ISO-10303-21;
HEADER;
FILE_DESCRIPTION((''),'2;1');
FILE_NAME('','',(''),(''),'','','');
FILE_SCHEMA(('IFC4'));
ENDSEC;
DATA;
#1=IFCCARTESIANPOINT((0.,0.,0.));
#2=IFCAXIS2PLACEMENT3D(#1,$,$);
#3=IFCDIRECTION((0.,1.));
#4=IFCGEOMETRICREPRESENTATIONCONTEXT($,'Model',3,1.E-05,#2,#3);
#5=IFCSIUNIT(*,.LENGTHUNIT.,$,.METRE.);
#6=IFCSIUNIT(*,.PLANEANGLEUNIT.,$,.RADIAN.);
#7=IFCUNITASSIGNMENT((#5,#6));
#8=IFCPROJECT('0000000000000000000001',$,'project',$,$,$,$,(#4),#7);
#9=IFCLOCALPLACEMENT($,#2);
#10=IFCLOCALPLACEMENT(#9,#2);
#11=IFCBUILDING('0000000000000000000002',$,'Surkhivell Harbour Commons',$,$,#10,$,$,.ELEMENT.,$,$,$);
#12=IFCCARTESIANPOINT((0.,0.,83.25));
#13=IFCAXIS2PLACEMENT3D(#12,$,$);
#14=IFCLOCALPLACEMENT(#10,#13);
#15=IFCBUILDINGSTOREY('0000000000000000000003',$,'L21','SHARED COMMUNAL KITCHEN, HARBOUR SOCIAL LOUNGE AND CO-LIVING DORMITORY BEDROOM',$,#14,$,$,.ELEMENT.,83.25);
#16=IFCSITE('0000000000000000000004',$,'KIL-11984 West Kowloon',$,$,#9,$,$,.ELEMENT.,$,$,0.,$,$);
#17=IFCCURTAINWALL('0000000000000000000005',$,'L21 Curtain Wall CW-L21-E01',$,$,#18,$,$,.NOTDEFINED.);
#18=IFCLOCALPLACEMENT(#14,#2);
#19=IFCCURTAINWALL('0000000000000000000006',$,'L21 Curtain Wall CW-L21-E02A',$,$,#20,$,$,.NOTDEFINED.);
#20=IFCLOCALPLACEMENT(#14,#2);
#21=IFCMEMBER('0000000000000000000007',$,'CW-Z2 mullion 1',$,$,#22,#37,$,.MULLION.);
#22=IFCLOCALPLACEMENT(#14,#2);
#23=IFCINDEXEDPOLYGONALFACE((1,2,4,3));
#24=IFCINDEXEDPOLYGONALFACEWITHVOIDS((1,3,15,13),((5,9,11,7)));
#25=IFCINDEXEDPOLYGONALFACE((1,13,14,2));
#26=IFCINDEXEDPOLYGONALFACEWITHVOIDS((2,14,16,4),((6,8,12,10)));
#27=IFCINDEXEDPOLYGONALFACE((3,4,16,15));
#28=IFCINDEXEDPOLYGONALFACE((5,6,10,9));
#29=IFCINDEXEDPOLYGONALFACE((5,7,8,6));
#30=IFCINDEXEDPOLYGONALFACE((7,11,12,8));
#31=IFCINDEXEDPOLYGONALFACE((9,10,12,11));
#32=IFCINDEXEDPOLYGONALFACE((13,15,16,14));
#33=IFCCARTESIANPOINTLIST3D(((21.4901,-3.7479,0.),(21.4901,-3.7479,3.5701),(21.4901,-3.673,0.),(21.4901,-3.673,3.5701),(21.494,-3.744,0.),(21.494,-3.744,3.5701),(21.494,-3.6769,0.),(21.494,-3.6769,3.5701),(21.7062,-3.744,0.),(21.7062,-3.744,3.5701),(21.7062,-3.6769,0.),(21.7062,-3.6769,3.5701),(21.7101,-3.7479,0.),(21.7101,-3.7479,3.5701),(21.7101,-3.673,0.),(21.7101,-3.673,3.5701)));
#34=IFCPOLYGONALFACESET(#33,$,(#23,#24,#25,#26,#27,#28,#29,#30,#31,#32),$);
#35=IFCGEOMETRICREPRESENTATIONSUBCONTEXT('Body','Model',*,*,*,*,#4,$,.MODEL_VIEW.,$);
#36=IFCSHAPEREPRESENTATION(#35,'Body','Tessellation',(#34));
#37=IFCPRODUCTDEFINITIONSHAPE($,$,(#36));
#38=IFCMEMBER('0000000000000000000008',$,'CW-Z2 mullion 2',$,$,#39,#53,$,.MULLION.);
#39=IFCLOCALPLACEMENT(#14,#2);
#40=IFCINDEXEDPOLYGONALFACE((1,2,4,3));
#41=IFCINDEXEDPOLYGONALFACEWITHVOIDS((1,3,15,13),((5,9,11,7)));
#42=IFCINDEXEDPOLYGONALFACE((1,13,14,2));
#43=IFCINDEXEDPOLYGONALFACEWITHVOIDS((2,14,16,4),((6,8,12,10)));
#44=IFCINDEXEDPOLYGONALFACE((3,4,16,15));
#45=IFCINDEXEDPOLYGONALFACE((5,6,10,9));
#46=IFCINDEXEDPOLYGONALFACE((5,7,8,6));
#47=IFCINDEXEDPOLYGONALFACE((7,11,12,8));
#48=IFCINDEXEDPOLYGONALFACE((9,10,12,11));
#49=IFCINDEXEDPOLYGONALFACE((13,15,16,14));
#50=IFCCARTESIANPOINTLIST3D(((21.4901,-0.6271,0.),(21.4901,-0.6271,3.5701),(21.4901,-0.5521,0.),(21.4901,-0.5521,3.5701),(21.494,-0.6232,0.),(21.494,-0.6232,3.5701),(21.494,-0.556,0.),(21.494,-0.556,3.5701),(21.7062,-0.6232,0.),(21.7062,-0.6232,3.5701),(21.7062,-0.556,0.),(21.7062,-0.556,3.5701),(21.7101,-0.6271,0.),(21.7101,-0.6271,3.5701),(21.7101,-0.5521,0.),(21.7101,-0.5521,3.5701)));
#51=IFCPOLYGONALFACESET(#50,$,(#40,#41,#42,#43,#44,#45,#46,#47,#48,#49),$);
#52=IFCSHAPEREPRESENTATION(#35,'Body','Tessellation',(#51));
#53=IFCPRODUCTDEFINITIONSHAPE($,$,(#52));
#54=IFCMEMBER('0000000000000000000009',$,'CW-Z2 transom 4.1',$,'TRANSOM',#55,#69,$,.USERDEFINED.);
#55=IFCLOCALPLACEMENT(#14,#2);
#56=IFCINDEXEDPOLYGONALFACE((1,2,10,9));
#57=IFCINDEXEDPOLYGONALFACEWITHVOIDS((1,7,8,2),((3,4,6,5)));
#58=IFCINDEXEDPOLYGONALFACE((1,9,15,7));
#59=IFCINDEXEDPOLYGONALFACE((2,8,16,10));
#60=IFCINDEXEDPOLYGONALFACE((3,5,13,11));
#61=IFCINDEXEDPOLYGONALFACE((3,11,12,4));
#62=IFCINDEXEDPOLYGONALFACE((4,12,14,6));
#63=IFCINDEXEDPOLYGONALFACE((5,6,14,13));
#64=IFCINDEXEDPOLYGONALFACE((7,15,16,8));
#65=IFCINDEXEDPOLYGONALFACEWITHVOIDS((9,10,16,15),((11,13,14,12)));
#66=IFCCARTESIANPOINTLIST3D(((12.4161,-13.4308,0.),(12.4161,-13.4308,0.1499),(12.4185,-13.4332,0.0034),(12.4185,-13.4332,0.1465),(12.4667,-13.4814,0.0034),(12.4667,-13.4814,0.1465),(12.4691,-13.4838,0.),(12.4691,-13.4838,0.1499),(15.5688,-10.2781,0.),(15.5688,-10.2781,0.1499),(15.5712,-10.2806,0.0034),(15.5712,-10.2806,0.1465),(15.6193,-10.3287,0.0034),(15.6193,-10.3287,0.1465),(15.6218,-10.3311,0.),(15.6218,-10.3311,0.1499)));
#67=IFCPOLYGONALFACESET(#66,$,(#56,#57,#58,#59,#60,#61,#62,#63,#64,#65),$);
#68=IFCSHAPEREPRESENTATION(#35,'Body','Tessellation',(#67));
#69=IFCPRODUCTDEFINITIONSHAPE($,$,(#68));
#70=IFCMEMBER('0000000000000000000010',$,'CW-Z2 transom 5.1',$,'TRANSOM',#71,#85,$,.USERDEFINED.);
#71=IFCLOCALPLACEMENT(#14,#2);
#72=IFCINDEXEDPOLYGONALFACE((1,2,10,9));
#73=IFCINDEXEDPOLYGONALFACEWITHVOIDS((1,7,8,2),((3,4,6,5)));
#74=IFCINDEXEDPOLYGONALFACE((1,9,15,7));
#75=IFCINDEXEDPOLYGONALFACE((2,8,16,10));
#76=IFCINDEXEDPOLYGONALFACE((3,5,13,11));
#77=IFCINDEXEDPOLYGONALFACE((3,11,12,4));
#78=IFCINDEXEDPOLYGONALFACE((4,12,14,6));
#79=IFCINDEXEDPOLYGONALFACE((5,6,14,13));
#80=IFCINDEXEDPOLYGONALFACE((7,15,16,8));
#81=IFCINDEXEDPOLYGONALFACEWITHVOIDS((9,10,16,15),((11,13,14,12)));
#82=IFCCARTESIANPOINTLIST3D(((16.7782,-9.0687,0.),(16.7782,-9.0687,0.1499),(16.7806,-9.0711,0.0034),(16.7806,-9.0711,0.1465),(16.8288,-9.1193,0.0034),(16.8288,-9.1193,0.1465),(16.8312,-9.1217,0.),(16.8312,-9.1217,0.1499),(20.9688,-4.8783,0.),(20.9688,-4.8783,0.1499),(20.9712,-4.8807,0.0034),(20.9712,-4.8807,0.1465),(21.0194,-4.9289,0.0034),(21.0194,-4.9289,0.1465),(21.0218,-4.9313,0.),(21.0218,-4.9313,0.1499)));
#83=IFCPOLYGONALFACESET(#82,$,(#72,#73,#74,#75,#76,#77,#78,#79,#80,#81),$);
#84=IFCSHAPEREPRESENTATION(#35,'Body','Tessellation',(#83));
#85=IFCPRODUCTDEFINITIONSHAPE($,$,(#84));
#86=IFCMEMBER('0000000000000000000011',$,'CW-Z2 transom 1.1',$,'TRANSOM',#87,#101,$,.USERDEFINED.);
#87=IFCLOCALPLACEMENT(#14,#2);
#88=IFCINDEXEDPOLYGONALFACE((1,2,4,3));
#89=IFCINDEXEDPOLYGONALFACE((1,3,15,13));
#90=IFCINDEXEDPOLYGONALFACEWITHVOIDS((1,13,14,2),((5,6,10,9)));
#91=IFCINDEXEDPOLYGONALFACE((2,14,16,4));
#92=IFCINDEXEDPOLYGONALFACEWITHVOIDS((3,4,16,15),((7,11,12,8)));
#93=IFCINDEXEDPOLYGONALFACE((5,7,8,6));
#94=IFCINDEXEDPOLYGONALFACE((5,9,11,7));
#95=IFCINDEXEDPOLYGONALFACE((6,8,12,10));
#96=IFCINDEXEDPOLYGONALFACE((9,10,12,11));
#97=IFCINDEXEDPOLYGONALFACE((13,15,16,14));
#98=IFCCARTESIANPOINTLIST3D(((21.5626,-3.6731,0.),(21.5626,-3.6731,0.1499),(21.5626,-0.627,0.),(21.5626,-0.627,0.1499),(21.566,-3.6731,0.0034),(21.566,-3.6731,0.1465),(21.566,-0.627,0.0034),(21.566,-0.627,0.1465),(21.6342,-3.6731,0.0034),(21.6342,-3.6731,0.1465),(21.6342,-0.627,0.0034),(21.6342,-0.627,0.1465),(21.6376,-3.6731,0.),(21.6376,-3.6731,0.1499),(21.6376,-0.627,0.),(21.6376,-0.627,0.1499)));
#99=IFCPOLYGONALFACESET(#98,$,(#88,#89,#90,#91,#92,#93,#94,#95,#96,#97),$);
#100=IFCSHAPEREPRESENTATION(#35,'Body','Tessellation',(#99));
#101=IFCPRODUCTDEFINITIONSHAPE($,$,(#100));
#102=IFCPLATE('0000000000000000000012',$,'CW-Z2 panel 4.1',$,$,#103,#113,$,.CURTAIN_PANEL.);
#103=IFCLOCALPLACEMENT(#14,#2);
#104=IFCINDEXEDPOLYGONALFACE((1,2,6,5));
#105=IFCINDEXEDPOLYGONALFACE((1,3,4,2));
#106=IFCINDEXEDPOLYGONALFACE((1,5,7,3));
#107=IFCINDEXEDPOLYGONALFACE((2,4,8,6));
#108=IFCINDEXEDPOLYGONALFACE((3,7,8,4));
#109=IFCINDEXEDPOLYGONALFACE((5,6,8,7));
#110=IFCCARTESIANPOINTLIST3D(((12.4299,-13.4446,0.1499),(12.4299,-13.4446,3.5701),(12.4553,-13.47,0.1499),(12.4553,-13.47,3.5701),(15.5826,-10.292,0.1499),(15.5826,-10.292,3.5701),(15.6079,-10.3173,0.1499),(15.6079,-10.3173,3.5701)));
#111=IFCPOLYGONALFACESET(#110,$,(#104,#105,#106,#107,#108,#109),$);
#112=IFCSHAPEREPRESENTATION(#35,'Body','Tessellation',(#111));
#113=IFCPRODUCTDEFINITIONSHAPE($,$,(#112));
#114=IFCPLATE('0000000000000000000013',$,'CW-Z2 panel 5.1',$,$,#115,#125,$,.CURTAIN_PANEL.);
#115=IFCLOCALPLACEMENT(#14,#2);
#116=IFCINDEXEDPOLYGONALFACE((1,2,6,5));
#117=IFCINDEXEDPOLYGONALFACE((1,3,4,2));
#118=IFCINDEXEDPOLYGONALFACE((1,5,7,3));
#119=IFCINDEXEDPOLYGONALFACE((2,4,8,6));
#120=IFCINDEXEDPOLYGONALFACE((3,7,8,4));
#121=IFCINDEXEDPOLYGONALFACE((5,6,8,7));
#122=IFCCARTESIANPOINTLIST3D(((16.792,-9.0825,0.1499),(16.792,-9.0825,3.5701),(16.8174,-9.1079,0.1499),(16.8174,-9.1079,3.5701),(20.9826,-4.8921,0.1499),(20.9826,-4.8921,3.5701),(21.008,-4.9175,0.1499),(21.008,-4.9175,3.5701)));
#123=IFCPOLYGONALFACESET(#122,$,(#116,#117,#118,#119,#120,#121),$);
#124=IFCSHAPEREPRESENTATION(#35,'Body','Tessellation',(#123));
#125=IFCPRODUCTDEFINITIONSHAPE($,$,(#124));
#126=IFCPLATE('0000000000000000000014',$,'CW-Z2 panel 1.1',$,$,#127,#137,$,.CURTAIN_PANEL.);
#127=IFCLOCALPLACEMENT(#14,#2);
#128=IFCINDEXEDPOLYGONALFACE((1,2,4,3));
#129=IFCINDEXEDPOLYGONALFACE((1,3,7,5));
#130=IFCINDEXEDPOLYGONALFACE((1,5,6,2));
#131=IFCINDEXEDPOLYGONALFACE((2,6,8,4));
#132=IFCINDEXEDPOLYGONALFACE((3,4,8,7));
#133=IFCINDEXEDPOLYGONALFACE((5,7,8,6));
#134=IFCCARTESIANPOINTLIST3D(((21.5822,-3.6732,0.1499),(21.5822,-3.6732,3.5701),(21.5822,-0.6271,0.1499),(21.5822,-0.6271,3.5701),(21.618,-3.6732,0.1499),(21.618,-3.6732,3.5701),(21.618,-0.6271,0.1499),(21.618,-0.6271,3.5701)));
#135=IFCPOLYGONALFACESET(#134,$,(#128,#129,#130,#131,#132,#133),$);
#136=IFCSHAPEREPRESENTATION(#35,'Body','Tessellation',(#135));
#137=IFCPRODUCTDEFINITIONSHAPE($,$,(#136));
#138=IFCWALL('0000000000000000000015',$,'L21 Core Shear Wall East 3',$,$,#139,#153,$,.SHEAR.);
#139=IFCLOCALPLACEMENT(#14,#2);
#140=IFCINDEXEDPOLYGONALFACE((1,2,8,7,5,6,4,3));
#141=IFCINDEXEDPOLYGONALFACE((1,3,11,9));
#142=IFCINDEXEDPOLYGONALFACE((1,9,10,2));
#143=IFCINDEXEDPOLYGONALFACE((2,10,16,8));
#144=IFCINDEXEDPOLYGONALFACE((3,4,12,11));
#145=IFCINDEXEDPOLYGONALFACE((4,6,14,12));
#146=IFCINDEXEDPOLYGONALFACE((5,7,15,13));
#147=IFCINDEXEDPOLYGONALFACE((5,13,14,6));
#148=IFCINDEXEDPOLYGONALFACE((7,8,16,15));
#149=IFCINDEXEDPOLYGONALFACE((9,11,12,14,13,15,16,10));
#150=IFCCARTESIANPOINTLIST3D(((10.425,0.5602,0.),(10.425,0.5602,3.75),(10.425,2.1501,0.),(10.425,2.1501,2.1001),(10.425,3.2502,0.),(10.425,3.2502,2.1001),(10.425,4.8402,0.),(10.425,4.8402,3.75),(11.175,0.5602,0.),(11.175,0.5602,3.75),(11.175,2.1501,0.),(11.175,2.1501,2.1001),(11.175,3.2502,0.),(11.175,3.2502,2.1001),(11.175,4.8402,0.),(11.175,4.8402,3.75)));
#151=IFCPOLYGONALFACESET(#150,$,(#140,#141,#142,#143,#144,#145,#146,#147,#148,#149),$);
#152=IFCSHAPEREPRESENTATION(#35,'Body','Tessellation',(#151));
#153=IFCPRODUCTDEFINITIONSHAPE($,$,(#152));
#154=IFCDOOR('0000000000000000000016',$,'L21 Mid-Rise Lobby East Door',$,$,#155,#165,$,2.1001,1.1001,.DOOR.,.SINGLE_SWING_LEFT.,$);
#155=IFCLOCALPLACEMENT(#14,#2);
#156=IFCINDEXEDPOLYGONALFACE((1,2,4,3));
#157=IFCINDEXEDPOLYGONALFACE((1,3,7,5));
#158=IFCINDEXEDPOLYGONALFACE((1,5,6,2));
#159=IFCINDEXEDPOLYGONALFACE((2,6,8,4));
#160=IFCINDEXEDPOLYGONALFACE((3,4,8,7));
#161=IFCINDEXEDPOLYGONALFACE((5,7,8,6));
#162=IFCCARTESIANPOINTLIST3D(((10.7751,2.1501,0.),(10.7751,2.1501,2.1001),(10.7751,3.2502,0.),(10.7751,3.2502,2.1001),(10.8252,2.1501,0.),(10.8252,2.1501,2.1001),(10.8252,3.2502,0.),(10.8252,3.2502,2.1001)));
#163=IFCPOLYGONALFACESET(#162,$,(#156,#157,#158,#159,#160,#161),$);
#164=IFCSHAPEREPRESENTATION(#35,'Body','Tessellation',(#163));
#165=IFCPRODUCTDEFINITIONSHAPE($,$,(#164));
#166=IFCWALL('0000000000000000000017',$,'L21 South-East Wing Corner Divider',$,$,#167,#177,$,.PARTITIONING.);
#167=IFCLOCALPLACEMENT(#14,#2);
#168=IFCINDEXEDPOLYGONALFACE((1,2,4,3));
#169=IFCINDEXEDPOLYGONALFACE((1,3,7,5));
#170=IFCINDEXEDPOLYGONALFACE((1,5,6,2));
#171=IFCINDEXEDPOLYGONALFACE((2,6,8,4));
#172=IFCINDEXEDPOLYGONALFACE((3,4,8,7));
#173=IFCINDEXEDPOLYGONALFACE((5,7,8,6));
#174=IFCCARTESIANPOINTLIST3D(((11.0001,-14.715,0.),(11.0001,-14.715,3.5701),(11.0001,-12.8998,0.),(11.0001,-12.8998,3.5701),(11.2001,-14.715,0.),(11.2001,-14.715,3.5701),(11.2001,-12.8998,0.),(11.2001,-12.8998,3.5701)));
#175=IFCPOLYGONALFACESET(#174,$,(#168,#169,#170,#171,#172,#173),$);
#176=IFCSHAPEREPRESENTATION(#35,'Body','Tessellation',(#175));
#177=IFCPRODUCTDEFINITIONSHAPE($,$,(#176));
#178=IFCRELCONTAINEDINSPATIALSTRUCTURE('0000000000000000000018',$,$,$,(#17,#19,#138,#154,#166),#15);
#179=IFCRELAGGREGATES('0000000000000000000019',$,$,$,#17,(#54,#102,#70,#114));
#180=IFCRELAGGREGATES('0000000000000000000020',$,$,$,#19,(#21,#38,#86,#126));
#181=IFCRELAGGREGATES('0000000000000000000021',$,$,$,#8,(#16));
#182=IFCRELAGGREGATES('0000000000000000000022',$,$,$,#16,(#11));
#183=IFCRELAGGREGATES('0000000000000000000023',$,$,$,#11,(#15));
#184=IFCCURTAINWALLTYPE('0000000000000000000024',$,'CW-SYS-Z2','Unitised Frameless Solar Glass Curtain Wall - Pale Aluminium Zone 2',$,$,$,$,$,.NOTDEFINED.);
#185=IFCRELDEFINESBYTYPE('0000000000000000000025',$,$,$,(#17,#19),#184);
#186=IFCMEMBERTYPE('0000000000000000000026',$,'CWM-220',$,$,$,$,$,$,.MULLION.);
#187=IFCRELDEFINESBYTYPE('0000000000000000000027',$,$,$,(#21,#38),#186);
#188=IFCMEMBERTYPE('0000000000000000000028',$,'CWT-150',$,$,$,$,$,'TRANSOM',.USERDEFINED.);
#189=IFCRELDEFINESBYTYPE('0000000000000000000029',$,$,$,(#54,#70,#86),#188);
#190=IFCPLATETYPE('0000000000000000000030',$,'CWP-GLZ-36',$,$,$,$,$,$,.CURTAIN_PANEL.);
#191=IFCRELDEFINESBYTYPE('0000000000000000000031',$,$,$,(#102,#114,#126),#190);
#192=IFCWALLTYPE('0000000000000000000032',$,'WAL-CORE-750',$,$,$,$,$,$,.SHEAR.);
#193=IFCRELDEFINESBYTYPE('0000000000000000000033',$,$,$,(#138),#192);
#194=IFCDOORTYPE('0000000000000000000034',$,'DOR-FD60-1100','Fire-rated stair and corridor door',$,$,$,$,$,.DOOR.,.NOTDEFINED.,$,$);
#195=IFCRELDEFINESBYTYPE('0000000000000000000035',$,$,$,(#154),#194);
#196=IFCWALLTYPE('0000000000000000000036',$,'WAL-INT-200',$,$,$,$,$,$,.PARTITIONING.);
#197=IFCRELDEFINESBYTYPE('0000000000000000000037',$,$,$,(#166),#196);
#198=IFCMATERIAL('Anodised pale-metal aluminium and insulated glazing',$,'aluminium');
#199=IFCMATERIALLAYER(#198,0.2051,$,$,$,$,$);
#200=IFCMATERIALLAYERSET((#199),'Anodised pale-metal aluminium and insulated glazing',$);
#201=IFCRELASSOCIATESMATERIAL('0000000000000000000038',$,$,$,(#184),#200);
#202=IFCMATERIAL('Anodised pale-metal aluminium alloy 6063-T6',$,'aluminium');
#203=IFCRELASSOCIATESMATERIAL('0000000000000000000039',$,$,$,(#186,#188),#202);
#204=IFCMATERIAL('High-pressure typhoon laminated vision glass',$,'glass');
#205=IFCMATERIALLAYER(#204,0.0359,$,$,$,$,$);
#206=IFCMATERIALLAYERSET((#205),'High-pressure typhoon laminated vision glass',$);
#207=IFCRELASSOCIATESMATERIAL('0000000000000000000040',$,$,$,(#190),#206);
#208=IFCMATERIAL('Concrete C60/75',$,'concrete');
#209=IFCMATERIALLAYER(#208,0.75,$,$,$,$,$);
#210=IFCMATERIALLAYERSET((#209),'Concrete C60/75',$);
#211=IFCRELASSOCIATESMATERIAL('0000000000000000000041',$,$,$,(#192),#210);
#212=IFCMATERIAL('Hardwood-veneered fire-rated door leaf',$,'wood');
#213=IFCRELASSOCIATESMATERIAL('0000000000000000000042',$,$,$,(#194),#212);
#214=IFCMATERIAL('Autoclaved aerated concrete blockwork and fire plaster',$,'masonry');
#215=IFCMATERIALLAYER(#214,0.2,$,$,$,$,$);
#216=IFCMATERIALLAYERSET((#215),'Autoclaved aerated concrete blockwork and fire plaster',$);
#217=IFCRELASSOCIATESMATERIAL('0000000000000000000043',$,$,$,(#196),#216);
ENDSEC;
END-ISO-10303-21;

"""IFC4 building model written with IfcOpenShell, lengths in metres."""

from ifc_helpers import new_model, si_unit, direction, frame, frame_2d, origin, origin_2d, place, context, subcontext, project, spatial, rectangle, hollow_rectangle, extrude, material, layer, layer_set, material_profile, profile_set, type_object, element, fill, aggregate, save


model = new_model("IFC4")

# Units and contexts
model_context = context("Model", 3, precision=1e-05, world=origin(), true_north=direction((0.0, 1.0)))
body_context = subcontext(model_context, "Body", "Model", "MODEL_VIEW")
ifc_project = project(units=[si_unit("LENGTHUNIT", "METRE"), si_unit("PLANEANGLEUNIT", "RADIAN")], contexts=[model_context])

# Site, building, storey
site_placement = place(None, origin())
site = spatial("IfcSite", under=ifc_project, at=site_placement, Name="KIL-11984 West Kowloon", CompositionType="ELEMENT", RefElevation=0.0)
building_placement = place(site_placement, origin())
building = spatial("IfcBuilding", under=site, at=building_placement, Name="Surkhivell Harbour Commons", CompositionType="ELEMENT")
storey_placement = place(building_placement, frame((0.0, 0.0, 83.25)))
storey = spatial("IfcBuildingStorey", under=building, at=storey_placement, Name="L21", Description="SHARED COMMUNAL KITCHEN, HARBOUR SOCIAL LOUNGE AND CO-LIVING DORMITORY BEDROOM", CompositionType="ELEMENT", Elevation=83.25)

# Shared definitions
ifc_material_1 = material(Name="Concrete C60/75", Category="concrete")

# Curtain walls, members
ifc_material_2 = material(Name="Anodised pale-metal aluminium and insulated glazing", Category="aluminium")
ifc_layer_1 = layer(ifc_material_2, 0.2051)
ifc_layer_set_1 = layer_set([ifc_layer_1], Name="Anodised pale-metal aluminium and insulated glazing")
curtain_wall_type = type_object("IfcCurtainWallType", Name="CW-SYS-Z2", Description="Unitised Frameless Solar Glass Curtain Wall - Pale Aluminium Zone 2", PredefinedType="NOTDEFINED", material=ifc_layer_set_1)
curtain_wall_1_placement = place(storey_placement, origin())
curtain_wall_1 = element("IfcCurtainWall", 1, at=curtain_wall_1_placement, inside=storey, type_object=curtain_wall_type, Name="L21 Curtain Wall CW-L21-E01", PredefinedType="NOTDEFINED")
ifc_material_3 = material(Name="Anodised pale-metal aluminium alloy 6063-T6", Category="aluminium")
ifc_material_profile_1 = material_profile(ifc_material_3, hollow_rectangle(XDim=0.075, YDim=0.22, WallThickness=0.0039, at=origin_2d()), Name="ALU-MULL-75x220")
ifc_profile_set_1 = profile_set([ifc_material_profile_1], Name="Anodised pale-metal aluminium alloy 6063-T6")
member_type_1 = type_object("IfcMemberType", Name="CWM-220", PredefinedType="MULLION", material=ifc_profile_set_1)
curtain_wall_2_placement = place(storey_placement, origin())
curtain_wall_2 = element("IfcCurtainWall", 2, at=curtain_wall_2_placement, inside=storey, type_object=curtain_wall_type, Name="L21 Curtain Wall CW-L21-E02A", PredefinedType="NOTDEFINED")
member_1_placement = place(storey_placement, frame((21.6001, -3.7104, 0.0), z_axis=(0.0, 0.0, 1.0), x_axis=(0.0, 1.0, 0.0)))
member_1 = element("IfcMember", 3, at=member_1_placement, type_object=member_type_1, Name="CW-Z2 mullion 1", PredefinedType="MULLION", context=body_context, shape_type="SweptSolid", body=[
    extrude(hollow_rectangle(XDim=0.075, YDim=0.22, WallThickness=0.0039, at=origin_2d()), origin(), (0.0, 0.0, 1.0), 3.5701),
])
member_2_placement = place(storey_placement, frame((21.6001, -0.5896, 0.0), z_axis=(0.0, 0.0, 1.0), x_axis=(0.0, 1.0, 0.0)))
member_2 = element("IfcMember", 4, at=member_2_placement, type_object=member_type_1, Name="CW-Z2 mullion 2", PredefinedType="MULLION", context=body_context, shape_type="SweptSolid", body=[
    extrude(hollow_rectangle(XDim=0.075, YDim=0.22, WallThickness=0.0039, at=origin_2d()), origin(), (0.0, 0.0, 1.0), 3.5701),
])

# Members
ifc_material_profile_2 = material_profile(ifc_material_3, hollow_rectangle(XDim=0.075, YDim=0.1499, WallThickness=0.0034, at=origin_2d()), Name="ALU-TRAN-75x150")
ifc_profile_set_2 = profile_set([ifc_material_profile_2], Name="Anodised pale-metal aluminium alloy 6063-T6")
member_type_2 = type_object("IfcMemberType", Name="CWT-150", ElementType="TRANSOM", PredefinedType="USERDEFINED", material=ifc_profile_set_2)
member_3_placement = place(storey_placement, frame((12.4426, -13.4573, 0.075), z_axis=(0.707107, 0.707107, 0.0), x_axis=(-0.707107, 0.707107, 0.0)))
member_3 = element("IfcMember", 5, at=member_3_placement, type_object=member_type_2, Name="CW-Z2 transom 4.1", ObjectType="TRANSOM", PredefinedType="USERDEFINED", context=body_context, shape_type="SweptSolid", body=[
    extrude(hollow_rectangle(XDim=0.075, YDim=0.1499, WallThickness=0.0034, at=origin_2d()), origin(), (0.0, 0.0, 1.0), 4.4585),
])
member_4_placement = place(storey_placement, frame((16.8047, -9.0952, 0.075), z_axis=(0.707127, 0.707086, 0.0), x_axis=(-0.707086, 0.707127, 0.0)))
member_4 = element("IfcMember", 6, at=member_4_placement, type_object=member_type_2, Name="CW-Z2 transom 5.1", ObjectType="TRANSOM", PredefinedType="USERDEFINED", context=body_context, shape_type="SweptSolid", body=[
    extrude(hollow_rectangle(XDim=0.075, YDim=0.1499, WallThickness=0.0034, at=origin_2d()), origin(), (0.0, 0.0, 1.0), 5.9263),
])
member_5_placement = place(storey_placement, frame((21.6001, -3.6731, 0.075), z_axis=(0.0, 1.0, 0.0), x_axis=(-1.0, 0.0, 0.0)))
member_5 = element("IfcMember", 7, at=member_5_placement, type_object=member_type_2, Name="CW-Z2 transom 1.1", ObjectType="TRANSOM", PredefinedType="USERDEFINED", context=body_context, shape_type="SweptSolid", body=[
    extrude(hollow_rectangle(XDim=0.075, YDim=0.1499, WallThickness=0.0034, at=origin_2d()), origin(), (0.0, 0.0, 1.0), 3.0461),
])

# Plates
ifc_material_4 = material(Name="High-pressure typhoon laminated vision glass", Category="glass")
ifc_layer_2 = layer(ifc_material_4, 0.0359)
ifc_layer_set_2 = layer_set([ifc_layer_2], Name="High-pressure typhoon laminated vision glass")
plate_type = type_object("IfcPlateType", Name="CWP-GLZ-36", PredefinedType="CURTAIN_PANEL", material=ifc_layer_set_2)
plate_1_placement = place(storey_placement, frame((12.4426, -13.4573, 0.1499), z_axis=(0.0, 0.0, 1.0), x_axis=(0.707107, 0.707107, 0.0)))
plate_1 = element("IfcPlate", 8, at=plate_1_placement, type_object=plate_type, Name="CW-Z2 panel 4.1", PredefinedType="CURTAIN_PANEL", context=body_context, shape_type="SweptSolid", body=[
    extrude(rectangle(XDim=4.4585, YDim=0.0359, at=frame_2d((2.2292, 0.0))), origin(), (0.0, 0.0, 1.0), 3.4202),
])
plate_2_placement = place(storey_placement, frame((16.8047, -9.0952, 0.1499), z_axis=(0.0, 0.0, 1.0), x_axis=(0.707127, 0.707086, 0.0)))
plate_2 = element("IfcPlate", 9, at=plate_2_placement, type_object=plate_type, Name="CW-Z2 panel 5.1", PredefinedType="CURTAIN_PANEL", context=body_context, shape_type="SweptSolid", body=[
    extrude(rectangle(XDim=5.9263, YDim=0.0359, at=frame_2d((2.9631, 0.0))), origin(), (0.0, 0.0, 1.0), 3.4202),
])
aggregate(curtain_wall_1, [member_3, plate_1, member_4, plate_2])
plate_3_placement = place(storey_placement, frame((21.6001, -3.6731, 0.1499), z_axis=(0.0, 0.0, 1.0), x_axis=(0.0, 1.0, 0.0)))
plate_3 = element("IfcPlate", 10, at=plate_3_placement, type_object=plate_type, Name="CW-Z2 panel 1.1", PredefinedType="CURTAIN_PANEL", context=body_context, shape_type="SweptSolid", body=[
    extrude(rectangle(XDim=3.0461, YDim=0.0359, at=frame_2d((1.5229, 0.0))), origin(), (0.0, 0.0, 1.0), 3.4202),
])
aggregate(curtain_wall_2, [member_1, member_2, member_5, plate_3])

# Wall, opening, door
ifc_layer_3 = layer(ifc_material_1, 0.75)
ifc_layer_set_3 = layer_set([ifc_layer_3], Name="Concrete C60/75")
wall_type_1 = type_object("IfcWallType", Name="WAL-CORE-750", PredefinedType="SHEAR", material=ifc_layer_set_3)
wall_1_placement = place(storey_placement, frame((10.8, 0.5601, 0.0), z_axis=(0.0, 0.0, 1.0), x_axis=(0.0, 1.0, 0.0)))
wall_1 = element("IfcWall", 11, at=wall_1_placement, inside=storey, type_object=wall_type_1, Name="L21 Core Shear Wall East 3", PredefinedType="SHEAR", context=body_context, shape_type="SweptSolid", body=[
    extrude(rectangle(XDim=4.28, YDim=0.75, at=frame_2d((2.1401, 0.0))), origin(), (0.0, 0.0, 1.0), 3.75),
])
opening_1_placement = place(wall_1_placement, frame((1.5901, 0.0, 0.0)))
opening_1 = element("IfcOpeningElement", 12, at=opening_1_placement, cuts=wall_1, PredefinedType="OPENING", context=body_context, shape_type="SweptSolid", body=[
    extrude(rectangle(XDim=1.1001, YDim=2.1001, at=frame_2d((0.55, 1.05))), frame((0.0, 0.385, 0.0), z_axis=(0.0, -1.0, 0.0), x_axis=(1.0, 0.0, 0.0)), (0.0, 0.0, 1.0), 0.77),
])
ifc_material_5 = material(Name="Hardwood-veneered fire-rated door leaf", Category="wood")
door_type_1 = type_object("IfcDoorType", Name="DOR-FD60-1100", Description="Fire-rated stair and corridor door", OperationType="NOTDEFINED", PredefinedType="DOOR", material=ifc_material_5)
door_1_placement = place(opening_1_placement, origin())
door_1 = element("IfcDoor", 13, at=door_1_placement, inside=storey, type_object=door_type_1, Name="L21 Mid-Rise Lobby East Door", OperationType="SINGLE_SWING_LEFT", OverallHeight=2.1001, OverallWidth=1.1001, PredefinedType="DOOR", context=body_context, shape_type="SweptSolid", body=[
    extrude(rectangle(XDim=1.1001, YDim=2.1001, at=frame_2d((0.55, 1.05))), frame((0.0, 0.0249, 0.0), z_axis=(0.0, -1.0, 0.0), x_axis=(1.0, 0.0, 0.0)), (0.0, 0.0, 1.0), 0.05),
])
fill(opening_1, door_1)

# Wall
ifc_material_6 = material(Name="Autoclaved aerated concrete blockwork and fire plaster", Category="masonry")
ifc_layer_4 = layer(ifc_material_6, 0.2)
ifc_layer_set_4 = layer_set([ifc_layer_4], Name="Autoclaved aerated concrete blockwork and fire plaster")
wall_type_2 = type_object("IfcWallType", Name="WAL-INT-200", PredefinedType="PARTITIONING", material=ifc_layer_set_4)
wall_2_placement = place(storey_placement, frame((11.1001, -14.7151, 0.0), z_axis=(0.0, 0.0, 1.0), x_axis=(0.0, 1.0, 0.0)))
element("IfcWall", 14, at=wall_2_placement, inside=storey, type_object=wall_type_2, Name="L21 South-East Wing Corner Divider", PredefinedType="PARTITIONING", context=body_context, shape_type="SweptSolid", body=[
    extrude(rectangle(XDim=1.8152, YDim=0.2, at=frame_2d((0.9077, 0.0))), origin(), (0.0, 0.0, 1.0), 3.5701),
])

save(model, "model.ifc")
